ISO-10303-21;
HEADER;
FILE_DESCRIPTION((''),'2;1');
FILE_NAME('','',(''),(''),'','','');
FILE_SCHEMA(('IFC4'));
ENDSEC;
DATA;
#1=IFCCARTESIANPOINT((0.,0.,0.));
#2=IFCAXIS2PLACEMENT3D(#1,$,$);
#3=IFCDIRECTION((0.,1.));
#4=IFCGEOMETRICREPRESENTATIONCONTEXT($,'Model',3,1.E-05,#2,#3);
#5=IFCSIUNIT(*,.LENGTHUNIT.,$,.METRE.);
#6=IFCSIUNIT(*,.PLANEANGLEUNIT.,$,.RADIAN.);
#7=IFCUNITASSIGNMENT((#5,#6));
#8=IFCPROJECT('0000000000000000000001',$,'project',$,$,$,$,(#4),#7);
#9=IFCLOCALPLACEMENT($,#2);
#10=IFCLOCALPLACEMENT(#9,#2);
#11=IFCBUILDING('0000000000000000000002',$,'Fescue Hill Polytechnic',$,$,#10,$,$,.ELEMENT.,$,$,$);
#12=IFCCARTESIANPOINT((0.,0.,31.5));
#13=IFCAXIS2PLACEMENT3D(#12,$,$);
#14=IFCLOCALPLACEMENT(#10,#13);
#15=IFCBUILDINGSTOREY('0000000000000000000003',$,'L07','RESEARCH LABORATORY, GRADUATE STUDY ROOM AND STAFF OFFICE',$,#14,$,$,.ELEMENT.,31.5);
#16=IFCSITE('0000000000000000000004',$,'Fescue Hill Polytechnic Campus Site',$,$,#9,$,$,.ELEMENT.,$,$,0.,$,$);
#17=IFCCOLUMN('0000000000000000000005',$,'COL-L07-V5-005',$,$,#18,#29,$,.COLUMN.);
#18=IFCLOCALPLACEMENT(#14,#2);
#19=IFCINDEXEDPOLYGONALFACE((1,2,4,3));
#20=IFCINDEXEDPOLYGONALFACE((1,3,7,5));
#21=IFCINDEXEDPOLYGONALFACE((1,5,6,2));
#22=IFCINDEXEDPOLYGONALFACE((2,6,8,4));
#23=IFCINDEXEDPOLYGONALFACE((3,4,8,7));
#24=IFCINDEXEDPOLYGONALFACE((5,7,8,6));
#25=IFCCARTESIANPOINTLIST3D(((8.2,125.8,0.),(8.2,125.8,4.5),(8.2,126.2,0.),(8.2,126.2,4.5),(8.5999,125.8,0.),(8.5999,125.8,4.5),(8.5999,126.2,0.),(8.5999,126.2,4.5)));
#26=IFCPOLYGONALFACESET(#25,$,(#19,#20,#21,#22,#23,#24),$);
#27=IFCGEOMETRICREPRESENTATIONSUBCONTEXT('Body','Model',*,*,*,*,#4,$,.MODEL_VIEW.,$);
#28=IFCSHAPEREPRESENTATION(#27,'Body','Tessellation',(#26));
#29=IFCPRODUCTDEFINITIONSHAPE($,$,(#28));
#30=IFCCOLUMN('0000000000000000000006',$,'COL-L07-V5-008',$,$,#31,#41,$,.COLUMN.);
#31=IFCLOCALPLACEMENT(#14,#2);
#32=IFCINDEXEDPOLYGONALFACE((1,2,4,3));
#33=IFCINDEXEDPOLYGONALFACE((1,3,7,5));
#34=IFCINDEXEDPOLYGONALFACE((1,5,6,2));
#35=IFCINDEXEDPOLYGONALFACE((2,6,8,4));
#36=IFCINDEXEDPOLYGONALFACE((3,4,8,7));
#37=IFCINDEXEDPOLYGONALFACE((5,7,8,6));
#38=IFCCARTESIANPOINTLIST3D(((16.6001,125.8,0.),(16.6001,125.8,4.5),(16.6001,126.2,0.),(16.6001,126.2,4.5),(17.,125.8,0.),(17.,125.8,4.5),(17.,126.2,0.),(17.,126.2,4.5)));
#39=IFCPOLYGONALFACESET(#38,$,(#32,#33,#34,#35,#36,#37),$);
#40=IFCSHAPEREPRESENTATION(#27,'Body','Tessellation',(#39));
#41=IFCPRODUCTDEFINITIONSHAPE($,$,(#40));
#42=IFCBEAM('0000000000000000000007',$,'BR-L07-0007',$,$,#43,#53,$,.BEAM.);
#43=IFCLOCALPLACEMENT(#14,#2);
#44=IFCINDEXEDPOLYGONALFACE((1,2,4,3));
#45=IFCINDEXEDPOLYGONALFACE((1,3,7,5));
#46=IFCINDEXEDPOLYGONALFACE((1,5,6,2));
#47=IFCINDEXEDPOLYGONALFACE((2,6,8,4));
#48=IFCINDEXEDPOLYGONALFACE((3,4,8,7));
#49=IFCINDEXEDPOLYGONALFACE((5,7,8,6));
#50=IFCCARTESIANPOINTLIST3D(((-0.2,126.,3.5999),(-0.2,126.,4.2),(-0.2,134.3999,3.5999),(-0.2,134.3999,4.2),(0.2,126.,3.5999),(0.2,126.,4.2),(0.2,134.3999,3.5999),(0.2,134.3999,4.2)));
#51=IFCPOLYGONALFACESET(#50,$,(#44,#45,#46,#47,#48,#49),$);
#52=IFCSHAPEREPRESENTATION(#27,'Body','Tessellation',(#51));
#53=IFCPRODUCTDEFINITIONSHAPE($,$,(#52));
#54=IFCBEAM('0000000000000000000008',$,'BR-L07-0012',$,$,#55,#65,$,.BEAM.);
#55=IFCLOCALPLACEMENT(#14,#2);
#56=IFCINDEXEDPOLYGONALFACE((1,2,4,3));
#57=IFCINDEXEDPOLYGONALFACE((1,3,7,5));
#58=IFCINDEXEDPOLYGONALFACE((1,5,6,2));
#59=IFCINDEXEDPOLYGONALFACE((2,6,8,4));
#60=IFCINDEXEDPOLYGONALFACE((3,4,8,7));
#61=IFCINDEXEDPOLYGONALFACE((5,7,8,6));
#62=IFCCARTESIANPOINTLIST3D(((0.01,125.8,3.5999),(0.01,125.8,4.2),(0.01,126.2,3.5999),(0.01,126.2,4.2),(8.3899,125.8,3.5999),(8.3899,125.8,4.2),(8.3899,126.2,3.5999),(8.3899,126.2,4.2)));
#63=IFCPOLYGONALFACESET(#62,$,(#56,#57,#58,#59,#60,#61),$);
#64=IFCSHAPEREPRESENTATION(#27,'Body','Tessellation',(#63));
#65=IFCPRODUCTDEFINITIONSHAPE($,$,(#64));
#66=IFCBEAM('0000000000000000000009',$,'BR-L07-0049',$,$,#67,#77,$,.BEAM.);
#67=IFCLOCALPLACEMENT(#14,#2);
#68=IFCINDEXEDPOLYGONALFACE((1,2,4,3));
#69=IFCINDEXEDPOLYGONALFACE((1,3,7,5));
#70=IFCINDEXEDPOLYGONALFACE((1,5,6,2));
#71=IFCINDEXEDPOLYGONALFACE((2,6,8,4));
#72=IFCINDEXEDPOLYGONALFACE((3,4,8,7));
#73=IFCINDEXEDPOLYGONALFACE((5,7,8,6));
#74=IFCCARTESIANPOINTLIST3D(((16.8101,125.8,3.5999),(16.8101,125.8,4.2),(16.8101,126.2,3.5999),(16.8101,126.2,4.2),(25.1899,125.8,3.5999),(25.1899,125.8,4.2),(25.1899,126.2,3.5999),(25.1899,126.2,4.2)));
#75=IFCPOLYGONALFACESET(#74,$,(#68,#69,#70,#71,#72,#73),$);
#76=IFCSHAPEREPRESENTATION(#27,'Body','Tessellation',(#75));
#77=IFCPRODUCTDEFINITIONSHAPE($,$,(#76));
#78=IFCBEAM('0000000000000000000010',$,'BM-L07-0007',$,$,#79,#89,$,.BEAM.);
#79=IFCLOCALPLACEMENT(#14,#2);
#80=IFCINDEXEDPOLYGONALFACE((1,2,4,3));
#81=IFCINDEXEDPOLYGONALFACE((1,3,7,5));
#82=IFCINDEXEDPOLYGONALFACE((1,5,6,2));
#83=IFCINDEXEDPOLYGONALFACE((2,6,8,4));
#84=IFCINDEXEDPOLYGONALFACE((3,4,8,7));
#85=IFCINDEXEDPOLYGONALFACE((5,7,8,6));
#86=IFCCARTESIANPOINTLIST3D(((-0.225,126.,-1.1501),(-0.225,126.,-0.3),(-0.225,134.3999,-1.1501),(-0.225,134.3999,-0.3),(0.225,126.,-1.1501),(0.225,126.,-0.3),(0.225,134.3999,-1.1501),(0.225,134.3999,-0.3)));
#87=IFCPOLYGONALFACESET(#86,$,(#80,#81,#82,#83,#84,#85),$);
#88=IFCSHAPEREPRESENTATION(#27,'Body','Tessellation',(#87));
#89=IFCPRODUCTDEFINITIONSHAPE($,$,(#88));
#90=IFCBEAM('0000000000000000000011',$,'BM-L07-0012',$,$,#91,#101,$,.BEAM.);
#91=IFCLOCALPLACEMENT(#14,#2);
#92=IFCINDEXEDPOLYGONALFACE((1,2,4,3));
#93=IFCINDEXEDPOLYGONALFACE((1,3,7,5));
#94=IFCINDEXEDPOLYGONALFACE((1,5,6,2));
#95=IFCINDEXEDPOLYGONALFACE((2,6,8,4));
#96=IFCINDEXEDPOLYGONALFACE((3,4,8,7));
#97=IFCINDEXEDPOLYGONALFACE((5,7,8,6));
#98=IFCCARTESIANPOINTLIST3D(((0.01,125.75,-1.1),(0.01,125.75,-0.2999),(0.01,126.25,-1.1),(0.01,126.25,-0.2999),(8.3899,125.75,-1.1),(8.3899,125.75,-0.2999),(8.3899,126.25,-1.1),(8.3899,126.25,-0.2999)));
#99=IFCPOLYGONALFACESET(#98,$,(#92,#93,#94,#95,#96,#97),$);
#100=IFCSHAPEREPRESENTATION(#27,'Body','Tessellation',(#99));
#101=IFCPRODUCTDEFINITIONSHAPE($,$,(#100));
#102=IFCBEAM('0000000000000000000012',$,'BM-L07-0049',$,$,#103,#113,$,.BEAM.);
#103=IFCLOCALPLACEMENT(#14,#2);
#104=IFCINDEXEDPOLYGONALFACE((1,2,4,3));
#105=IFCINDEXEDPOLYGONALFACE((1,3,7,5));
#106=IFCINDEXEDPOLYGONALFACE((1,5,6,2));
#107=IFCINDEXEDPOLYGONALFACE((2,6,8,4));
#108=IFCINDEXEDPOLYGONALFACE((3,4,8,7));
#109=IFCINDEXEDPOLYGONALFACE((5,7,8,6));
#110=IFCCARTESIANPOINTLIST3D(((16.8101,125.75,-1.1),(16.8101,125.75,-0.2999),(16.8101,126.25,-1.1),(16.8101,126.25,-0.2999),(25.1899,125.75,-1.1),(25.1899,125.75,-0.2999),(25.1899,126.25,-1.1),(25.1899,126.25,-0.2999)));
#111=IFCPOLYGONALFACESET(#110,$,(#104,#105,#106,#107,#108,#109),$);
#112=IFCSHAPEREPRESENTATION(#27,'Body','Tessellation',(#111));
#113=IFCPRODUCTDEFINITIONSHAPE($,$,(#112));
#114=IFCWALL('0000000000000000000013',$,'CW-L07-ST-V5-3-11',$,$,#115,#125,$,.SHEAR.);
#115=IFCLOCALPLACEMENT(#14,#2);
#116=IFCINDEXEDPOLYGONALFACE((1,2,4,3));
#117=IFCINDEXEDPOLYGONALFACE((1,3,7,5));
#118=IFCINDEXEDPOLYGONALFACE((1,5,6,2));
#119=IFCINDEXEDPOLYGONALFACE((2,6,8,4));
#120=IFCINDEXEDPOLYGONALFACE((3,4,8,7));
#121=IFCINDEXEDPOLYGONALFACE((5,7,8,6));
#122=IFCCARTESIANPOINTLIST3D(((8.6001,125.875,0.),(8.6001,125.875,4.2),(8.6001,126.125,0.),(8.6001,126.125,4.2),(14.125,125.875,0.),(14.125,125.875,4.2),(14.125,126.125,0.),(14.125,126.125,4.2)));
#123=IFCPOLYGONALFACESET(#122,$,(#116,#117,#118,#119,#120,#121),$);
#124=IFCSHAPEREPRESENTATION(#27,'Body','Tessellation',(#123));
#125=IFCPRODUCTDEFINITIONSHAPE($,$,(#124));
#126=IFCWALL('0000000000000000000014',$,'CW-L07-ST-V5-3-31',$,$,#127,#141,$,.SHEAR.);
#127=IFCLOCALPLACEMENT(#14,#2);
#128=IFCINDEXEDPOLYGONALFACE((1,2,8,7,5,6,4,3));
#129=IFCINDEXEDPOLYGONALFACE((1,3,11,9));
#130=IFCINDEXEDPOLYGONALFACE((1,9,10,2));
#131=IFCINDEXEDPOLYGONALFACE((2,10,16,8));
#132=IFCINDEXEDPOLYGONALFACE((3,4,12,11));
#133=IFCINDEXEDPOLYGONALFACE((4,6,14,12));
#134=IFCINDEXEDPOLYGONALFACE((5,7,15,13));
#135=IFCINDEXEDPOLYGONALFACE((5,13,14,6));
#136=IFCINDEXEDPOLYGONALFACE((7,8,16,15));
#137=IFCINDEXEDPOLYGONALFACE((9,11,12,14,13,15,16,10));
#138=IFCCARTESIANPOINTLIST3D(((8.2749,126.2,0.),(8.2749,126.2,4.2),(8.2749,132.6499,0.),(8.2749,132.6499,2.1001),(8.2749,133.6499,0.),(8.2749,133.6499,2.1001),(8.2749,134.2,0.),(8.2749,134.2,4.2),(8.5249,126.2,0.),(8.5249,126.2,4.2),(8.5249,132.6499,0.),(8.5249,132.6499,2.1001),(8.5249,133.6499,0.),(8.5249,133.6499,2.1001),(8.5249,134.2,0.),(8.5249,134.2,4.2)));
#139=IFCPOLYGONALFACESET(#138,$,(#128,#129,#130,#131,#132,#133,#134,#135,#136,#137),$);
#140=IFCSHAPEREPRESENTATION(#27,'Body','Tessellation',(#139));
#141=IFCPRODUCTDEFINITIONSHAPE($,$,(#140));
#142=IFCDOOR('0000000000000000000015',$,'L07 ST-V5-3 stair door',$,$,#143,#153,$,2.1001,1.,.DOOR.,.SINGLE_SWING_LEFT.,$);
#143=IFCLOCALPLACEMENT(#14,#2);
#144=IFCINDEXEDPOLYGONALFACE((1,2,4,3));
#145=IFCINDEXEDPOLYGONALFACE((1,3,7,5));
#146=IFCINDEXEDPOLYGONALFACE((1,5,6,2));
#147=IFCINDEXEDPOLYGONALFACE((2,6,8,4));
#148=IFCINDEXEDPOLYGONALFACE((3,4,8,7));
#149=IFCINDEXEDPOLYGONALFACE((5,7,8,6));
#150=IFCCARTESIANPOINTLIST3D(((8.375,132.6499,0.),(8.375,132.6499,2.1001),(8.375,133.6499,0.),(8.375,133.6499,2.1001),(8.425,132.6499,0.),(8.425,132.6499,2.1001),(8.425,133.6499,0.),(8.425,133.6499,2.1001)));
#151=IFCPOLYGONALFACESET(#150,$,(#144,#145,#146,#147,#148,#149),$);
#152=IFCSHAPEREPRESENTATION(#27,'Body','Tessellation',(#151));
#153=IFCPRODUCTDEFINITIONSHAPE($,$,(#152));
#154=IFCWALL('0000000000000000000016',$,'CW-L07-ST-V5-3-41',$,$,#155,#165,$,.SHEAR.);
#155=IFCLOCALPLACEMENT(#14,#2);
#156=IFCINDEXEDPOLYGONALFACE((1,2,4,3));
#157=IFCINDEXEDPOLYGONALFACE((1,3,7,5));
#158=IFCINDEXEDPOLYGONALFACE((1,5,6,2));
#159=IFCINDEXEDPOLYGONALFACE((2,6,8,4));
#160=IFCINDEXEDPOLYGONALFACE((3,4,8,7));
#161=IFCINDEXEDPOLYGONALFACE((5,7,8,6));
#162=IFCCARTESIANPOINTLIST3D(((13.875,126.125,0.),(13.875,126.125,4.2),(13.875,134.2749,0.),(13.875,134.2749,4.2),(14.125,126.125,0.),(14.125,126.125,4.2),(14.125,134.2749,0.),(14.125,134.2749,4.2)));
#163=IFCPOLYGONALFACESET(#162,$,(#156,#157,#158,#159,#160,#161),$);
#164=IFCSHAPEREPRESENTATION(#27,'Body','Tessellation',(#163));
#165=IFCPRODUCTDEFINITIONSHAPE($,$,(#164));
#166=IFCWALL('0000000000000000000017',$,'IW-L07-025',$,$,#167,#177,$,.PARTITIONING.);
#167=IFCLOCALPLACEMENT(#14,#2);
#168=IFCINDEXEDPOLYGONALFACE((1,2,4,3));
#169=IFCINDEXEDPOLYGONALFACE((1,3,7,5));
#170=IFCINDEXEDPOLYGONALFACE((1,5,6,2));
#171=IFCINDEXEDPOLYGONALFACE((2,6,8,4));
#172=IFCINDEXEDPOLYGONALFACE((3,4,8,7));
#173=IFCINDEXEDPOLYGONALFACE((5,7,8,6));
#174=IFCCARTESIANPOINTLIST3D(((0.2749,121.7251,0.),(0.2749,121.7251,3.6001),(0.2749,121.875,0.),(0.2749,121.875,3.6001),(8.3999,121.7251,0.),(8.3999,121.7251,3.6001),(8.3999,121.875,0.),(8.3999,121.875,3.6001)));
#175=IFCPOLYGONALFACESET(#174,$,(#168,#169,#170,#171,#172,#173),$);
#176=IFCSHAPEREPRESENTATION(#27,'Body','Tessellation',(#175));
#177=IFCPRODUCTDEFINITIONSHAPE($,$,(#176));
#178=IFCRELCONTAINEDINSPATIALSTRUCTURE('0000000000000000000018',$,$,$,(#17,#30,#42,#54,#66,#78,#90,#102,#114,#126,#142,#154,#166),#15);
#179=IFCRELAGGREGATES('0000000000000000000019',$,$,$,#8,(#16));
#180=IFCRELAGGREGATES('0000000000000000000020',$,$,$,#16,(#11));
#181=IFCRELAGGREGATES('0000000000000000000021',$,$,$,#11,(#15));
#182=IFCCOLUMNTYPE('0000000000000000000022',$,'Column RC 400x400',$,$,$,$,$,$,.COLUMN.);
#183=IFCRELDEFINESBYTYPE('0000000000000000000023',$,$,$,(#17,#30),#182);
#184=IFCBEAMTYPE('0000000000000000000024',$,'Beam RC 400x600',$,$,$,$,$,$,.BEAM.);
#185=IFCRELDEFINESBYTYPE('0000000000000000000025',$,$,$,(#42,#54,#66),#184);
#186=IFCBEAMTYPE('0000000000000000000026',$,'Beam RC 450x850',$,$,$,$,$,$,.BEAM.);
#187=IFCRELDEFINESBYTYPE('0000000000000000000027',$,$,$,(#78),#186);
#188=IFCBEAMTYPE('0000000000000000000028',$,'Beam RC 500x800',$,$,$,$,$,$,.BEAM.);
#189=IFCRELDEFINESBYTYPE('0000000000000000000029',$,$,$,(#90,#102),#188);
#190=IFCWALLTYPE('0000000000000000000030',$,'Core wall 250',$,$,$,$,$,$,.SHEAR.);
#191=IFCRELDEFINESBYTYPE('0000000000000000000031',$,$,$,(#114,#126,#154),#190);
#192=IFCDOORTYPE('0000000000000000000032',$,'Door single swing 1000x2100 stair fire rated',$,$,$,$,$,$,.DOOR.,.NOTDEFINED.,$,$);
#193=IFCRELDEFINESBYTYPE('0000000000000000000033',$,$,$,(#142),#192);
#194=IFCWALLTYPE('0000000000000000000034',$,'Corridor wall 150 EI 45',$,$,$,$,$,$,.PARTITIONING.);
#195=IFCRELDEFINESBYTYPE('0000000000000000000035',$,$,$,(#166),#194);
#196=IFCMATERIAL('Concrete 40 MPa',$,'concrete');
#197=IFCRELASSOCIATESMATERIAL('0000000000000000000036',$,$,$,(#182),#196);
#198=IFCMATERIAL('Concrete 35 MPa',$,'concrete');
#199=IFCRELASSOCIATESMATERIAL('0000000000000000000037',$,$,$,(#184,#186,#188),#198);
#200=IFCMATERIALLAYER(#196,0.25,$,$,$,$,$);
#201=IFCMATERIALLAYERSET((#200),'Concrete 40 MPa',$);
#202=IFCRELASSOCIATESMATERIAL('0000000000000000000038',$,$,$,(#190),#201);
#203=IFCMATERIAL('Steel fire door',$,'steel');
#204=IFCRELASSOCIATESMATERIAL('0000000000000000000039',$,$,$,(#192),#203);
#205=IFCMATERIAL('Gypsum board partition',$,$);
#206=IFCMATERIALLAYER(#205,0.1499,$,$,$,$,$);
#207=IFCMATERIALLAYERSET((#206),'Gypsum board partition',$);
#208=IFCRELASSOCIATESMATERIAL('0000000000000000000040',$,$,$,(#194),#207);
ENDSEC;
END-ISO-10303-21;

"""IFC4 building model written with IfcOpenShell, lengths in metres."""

from ifc_helpers import new_model, si_unit, direction, frame, frame_2d, origin, origin_2d, place, context, subcontext, project, spatial, rectangle, extrude, material, layer, layer_set, material_profile, profile_set, type_object, element, fill, save


model = new_model("IFC4")

# Units and contexts
model_context = context("Model", 3, precision=1e-05, world=origin(), true_north=direction((0.0, 1.0)))
body_context = subcontext(model_context, "Body", "Model", "MODEL_VIEW")
ifc_project = project(units=[si_unit("LENGTHUNIT", "METRE"), si_unit("PLANEANGLEUNIT", "RADIAN")], contexts=[model_context])

# Site, building, storey
site_placement = place(None, origin())
site = spatial("IfcSite", under=ifc_project, at=site_placement, Name="Fescue Hill Polytechnic Campus Site", CompositionType="ELEMENT", RefElevation=0.0)
building_placement = place(site_placement, origin())
building = spatial("IfcBuilding", under=site, at=building_placement, Name="Fescue Hill Polytechnic", CompositionType="ELEMENT")
storey_placement = place(building_placement, frame((0.0, 0.0, 31.5)))
storey = spatial("IfcBuildingStorey", under=building, at=storey_placement, Name="L07", Description="RESEARCH LABORATORY, GRADUATE STUDY ROOM AND STAFF OFFICE", CompositionType="ELEMENT", Elevation=31.5)

# Columns
ifc_material_1 = material(Name="Concrete 40 MPa", Category="concrete")
ifc_material_profile_1 = material_profile(ifc_material_1, rectangle(XDim=0.3999, YDim=0.3999, at=origin_2d()), Name="RC 400x400")
ifc_profile_set_1 = profile_set([ifc_material_profile_1], Name="Concrete 40 MPa")
column_type = type_object("IfcColumnType", Name="Column RC 400x400", PredefinedType="COLUMN", material=ifc_profile_set_1)
for number, where, z_axis, x_axis, name in (
    (1, (8.3999, 126.0, 0.0), (0.0, 0.0, 1.0), (1.0, 0.0, 0.0), "COL-L07-V5-005"),
    (2, (16.8, 126.0, 0.0), (0.0, 0.0, 1.0), (1.0, 0.0, 0.0), "COL-L07-V5-008"),
):
    element("IfcColumn", number, at=place(storey_placement, frame(where, z_axis=z_axis, x_axis=x_axis)), inside=storey, type_object=column_type, Name=name, PredefinedType="COLUMN", context=body_context, shape_type="SweptSolid", body=[
        extrude(rectangle(XDim=0.3999, YDim=0.3999, at=origin_2d()), origin(), (0.0, 0.0, 1.0), 4.5),
    ])

# Beams
ifc_material_2 = material(Name="Concrete 35 MPa", Category="concrete")
ifc_material_profile_2 = material_profile(ifc_material_2, rectangle(XDim=0.3999, YDim=0.6001, at=origin_2d()), Name="RC 400x600")
ifc_profile_set_2 = profile_set([ifc_material_profile_2], Name="Concrete 35 MPa")
beam_type_1 = type_object("IfcBeamType", Name="Beam RC 400x600", PredefinedType="BEAM", material=ifc_profile_set_2)
beam_1_placement = place(storey_placement, frame((0.0, 126.0, 3.8999), z_axis=(0.0, 1.0, 0.0), x_axis=(-1.0, 0.0, 0.0)))
element("IfcBeam", 3, at=beam_1_placement, inside=storey, type_object=beam_type_1, Name="BR-L07-0007", PredefinedType="BEAM", context=body_context, shape_type="SweptSolid", body=[
    extrude(rectangle(XDim=0.3999, YDim=0.6001, at=origin_2d()), origin(), (0.0, 0.0, 1.0), 8.3999),
])
for number, where, z_axis, x_axis, name in (
    (4, (0.01, 126.0, 3.8999), (1.0, 0.0, 0.0), (0.0, 1.0, 0.0), "BR-L07-0012"),
    (5, (16.8101, 126.0, 3.8999), (1.0, 0.0, 0.0), (0.0, 1.0, 0.0), "BR-L07-0049"),
):
    element("IfcBeam", number, at=place(storey_placement, frame(where, z_axis=z_axis, x_axis=x_axis)), inside=storey, type_object=beam_type_1, Name=name, PredefinedType="BEAM", context=body_context, shape_type="SweptSolid", body=[
        extrude(rectangle(XDim=0.3999, YDim=0.6001, at=origin_2d()), origin(), (0.0, 0.0, 1.0), 8.3799),
    ])
ifc_material_profile_3 = material_profile(ifc_material_2, rectangle(XDim=0.45, YDim=0.8501, at=origin_2d()), Name="RC 450x850")
ifc_profile_set_3 = profile_set([ifc_material_profile_3], Name="Concrete 35 MPa")
beam_type_2 = type_object("IfcBeamType", Name="Beam RC 450x850", PredefinedType="BEAM", material=ifc_profile_set_3)
beam_2_placement = place(storey_placement, frame((0.0, 126.0, -0.7251), z_axis=(0.0, 1.0, 0.0), x_axis=(-1.0, 0.0, 0.0)))
element("IfcBeam", 6, at=beam_2_placement, inside=storey, type_object=beam_type_2, Name="BM-L07-0007", PredefinedType="BEAM", context=body_context, shape_type="SweptSolid", body=[
    extrude(rectangle(XDim=0.45, YDim=0.8501, at=origin_2d()), origin(), (0.0, 0.0, 1.0), 8.3999),
])
ifc_material_profile_4 = material_profile(ifc_material_2, rectangle(XDim=0.5, YDim=0.8, at=origin_2d()), Name="RC 500x800")
ifc_profile_set_4 = profile_set([ifc_material_profile_4], Name="Concrete 35 MPa")
beam_type_3 = type_object("IfcBeamType", Name="Beam RC 500x800", PredefinedType="BEAM", material=ifc_profile_set_4)
for number, where, z_axis, x_axis, name in (
    (7, (0.01, 126.0, -0.7), (1.0, 0.0, 0.0), (0.0, 1.0, 0.0), "BM-L07-0012"),
    (8, (16.8101, 126.0, -0.7), (1.0, 0.0, 0.0), (0.0, 1.0, 0.0), "BM-L07-0049"),
):
    element("IfcBeam", number, at=place(storey_placement, frame(where, z_axis=z_axis, x_axis=x_axis)), inside=storey, type_object=beam_type_3, Name=name, PredefinedType="BEAM", context=body_context, shape_type="SweptSolid", body=[
        extrude(rectangle(XDim=0.5, YDim=0.8, at=origin_2d()), origin(), (0.0, 0.0, 1.0), 8.3799),
    ])

# Wall
ifc_layer_1 = layer(ifc_material_1, 0.25)
ifc_layer_set_1 = layer_set([ifc_layer_1], Name="Concrete 40 MPa")
wall_type_1 = type_object("IfcWallType", Name="Core wall 250", PredefinedType="SHEAR", material=ifc_layer_set_1)
wall_1_placement = place(storey_placement, frame((8.6001, 126.0, 0.0), z_axis=(0.0, 0.0, 1.0), x_axis=(1.0, 0.0, 0.0)))
element("IfcWall", 9, at=wall_1_placement, inside=storey, type_object=wall_type_1, Name="CW-L07-ST-V5-3-11", PredefinedType="SHEAR", context=body_context, shape_type="SweptSolid", body=[
    extrude(rectangle(XDim=5.5249, YDim=0.25, at=frame_2d((2.7625, 0.0))), origin(), (0.0, 0.0, 1.0), 4.2),
])

# Wall, opening, door
wall_2_placement = place(storey_placement, frame((8.3999, 126.2, 0.0), z_axis=(0.0, 0.0, 1.0), x_axis=(0.0, 1.0, 0.0)))
wall_2 = element("IfcWall", 10, at=wall_2_placement, inside=storey, type_object=wall_type_1, Name="CW-L07-ST-V5-3-31", PredefinedType="SHEAR", context=body_context, shape_type="SweptSolid", body=[
    extrude(rectangle(XDim=8.0, YDim=0.25, at=frame_2d((4.0, 0.0))), origin(), (0.0, 0.0, 1.0), 4.2),
])
opening_1_placement = place(wall_2_placement, frame((6.45, 0.0, 0.0)))
opening_1 = element("IfcOpeningElement", 11, at=opening_1_placement, cuts=wall_2, PredefinedType="OPENING", context=body_context, shape_type="SweptSolid", body=[
    extrude(rectangle(XDim=1.0, YDim=2.1001, at=frame_2d((0.5, 1.05))), frame((0.0, 0.135, 0.0), z_axis=(0.0, -1.0, 0.0), x_axis=(1.0, 0.0, 0.0)), (0.0, 0.0, 1.0), 0.27),
])
ifc_material_3 = material(Name="Steel fire door", Category="steel")
door_type_1 = type_object("IfcDoorType", Name="Door single swing 1000x2100 stair fire rated", OperationType="NOTDEFINED", PredefinedType="DOOR", material=ifc_material_3)
door_1_placement = place(opening_1_placement, origin())
door_1 = element("IfcDoor", 12, at=door_1_placement, inside=storey, type_object=door_type_1, Name="L07 ST-V5-3 stair door", OperationType="SINGLE_SWING_LEFT", OverallHeight=2.1001, OverallWidth=1.0, PredefinedType="DOOR", context=body_context, shape_type="SweptSolid", body=[
    extrude(rectangle(XDim=1.0, YDim=2.1001, at=frame_2d((0.5, 1.05))), frame((0.0, 0.0249, 0.0), z_axis=(0.0, -1.0, 0.0), x_axis=(1.0, 0.0, 0.0)), (0.0, 0.0, 1.0), 0.05),
])
fill(opening_1, door_1)

# Walls
wall_3_placement = place(storey_placement, frame((14.0, 126.125, 0.0), z_axis=(0.0, 0.0, 1.0), x_axis=(0.0, 1.0, 0.0)))
element("IfcWall", 13, at=wall_3_placement, inside=storey, type_object=wall_type_1, Name="CW-L07-ST-V5-3-41", PredefinedType="SHEAR", context=body_context, shape_type="SweptSolid", body=[
    extrude(rectangle(XDim=8.1499, YDim=0.25, at=frame_2d((4.075, 0.0))), origin(), (0.0, 0.0, 1.0), 4.2),
])
ifc_material_4 = material(Name="Gypsum board partition")
ifc_layer_2 = layer(ifc_material_4, 0.1499)
ifc_layer_set_2 = layer_set([ifc_layer_2], Name="Gypsum board partition")
wall_type_2 = type_object("IfcWallType", Name="Corridor wall 150 EI 45", PredefinedType="PARTITIONING", material=ifc_layer_set_2)
wall_4_placement = place(storey_placement, frame((0.2749, 121.8, 0.0), z_axis=(0.0, 0.0, 1.0), x_axis=(1.0, 0.0, 0.0)))
element("IfcWall", 14, at=wall_4_placement, inside=storey, type_object=wall_type_2, Name="IW-L07-025", PredefinedType="PARTITIONING", context=body_context, shape_type="SweptSolid", body=[
    extrude(rectangle(XDim=8.125, YDim=0.1499, at=frame_2d((4.0625, 0.0))), origin(), (0.0, 0.0, 1.0), 3.6001),
])

save(model, "model.ifc")
